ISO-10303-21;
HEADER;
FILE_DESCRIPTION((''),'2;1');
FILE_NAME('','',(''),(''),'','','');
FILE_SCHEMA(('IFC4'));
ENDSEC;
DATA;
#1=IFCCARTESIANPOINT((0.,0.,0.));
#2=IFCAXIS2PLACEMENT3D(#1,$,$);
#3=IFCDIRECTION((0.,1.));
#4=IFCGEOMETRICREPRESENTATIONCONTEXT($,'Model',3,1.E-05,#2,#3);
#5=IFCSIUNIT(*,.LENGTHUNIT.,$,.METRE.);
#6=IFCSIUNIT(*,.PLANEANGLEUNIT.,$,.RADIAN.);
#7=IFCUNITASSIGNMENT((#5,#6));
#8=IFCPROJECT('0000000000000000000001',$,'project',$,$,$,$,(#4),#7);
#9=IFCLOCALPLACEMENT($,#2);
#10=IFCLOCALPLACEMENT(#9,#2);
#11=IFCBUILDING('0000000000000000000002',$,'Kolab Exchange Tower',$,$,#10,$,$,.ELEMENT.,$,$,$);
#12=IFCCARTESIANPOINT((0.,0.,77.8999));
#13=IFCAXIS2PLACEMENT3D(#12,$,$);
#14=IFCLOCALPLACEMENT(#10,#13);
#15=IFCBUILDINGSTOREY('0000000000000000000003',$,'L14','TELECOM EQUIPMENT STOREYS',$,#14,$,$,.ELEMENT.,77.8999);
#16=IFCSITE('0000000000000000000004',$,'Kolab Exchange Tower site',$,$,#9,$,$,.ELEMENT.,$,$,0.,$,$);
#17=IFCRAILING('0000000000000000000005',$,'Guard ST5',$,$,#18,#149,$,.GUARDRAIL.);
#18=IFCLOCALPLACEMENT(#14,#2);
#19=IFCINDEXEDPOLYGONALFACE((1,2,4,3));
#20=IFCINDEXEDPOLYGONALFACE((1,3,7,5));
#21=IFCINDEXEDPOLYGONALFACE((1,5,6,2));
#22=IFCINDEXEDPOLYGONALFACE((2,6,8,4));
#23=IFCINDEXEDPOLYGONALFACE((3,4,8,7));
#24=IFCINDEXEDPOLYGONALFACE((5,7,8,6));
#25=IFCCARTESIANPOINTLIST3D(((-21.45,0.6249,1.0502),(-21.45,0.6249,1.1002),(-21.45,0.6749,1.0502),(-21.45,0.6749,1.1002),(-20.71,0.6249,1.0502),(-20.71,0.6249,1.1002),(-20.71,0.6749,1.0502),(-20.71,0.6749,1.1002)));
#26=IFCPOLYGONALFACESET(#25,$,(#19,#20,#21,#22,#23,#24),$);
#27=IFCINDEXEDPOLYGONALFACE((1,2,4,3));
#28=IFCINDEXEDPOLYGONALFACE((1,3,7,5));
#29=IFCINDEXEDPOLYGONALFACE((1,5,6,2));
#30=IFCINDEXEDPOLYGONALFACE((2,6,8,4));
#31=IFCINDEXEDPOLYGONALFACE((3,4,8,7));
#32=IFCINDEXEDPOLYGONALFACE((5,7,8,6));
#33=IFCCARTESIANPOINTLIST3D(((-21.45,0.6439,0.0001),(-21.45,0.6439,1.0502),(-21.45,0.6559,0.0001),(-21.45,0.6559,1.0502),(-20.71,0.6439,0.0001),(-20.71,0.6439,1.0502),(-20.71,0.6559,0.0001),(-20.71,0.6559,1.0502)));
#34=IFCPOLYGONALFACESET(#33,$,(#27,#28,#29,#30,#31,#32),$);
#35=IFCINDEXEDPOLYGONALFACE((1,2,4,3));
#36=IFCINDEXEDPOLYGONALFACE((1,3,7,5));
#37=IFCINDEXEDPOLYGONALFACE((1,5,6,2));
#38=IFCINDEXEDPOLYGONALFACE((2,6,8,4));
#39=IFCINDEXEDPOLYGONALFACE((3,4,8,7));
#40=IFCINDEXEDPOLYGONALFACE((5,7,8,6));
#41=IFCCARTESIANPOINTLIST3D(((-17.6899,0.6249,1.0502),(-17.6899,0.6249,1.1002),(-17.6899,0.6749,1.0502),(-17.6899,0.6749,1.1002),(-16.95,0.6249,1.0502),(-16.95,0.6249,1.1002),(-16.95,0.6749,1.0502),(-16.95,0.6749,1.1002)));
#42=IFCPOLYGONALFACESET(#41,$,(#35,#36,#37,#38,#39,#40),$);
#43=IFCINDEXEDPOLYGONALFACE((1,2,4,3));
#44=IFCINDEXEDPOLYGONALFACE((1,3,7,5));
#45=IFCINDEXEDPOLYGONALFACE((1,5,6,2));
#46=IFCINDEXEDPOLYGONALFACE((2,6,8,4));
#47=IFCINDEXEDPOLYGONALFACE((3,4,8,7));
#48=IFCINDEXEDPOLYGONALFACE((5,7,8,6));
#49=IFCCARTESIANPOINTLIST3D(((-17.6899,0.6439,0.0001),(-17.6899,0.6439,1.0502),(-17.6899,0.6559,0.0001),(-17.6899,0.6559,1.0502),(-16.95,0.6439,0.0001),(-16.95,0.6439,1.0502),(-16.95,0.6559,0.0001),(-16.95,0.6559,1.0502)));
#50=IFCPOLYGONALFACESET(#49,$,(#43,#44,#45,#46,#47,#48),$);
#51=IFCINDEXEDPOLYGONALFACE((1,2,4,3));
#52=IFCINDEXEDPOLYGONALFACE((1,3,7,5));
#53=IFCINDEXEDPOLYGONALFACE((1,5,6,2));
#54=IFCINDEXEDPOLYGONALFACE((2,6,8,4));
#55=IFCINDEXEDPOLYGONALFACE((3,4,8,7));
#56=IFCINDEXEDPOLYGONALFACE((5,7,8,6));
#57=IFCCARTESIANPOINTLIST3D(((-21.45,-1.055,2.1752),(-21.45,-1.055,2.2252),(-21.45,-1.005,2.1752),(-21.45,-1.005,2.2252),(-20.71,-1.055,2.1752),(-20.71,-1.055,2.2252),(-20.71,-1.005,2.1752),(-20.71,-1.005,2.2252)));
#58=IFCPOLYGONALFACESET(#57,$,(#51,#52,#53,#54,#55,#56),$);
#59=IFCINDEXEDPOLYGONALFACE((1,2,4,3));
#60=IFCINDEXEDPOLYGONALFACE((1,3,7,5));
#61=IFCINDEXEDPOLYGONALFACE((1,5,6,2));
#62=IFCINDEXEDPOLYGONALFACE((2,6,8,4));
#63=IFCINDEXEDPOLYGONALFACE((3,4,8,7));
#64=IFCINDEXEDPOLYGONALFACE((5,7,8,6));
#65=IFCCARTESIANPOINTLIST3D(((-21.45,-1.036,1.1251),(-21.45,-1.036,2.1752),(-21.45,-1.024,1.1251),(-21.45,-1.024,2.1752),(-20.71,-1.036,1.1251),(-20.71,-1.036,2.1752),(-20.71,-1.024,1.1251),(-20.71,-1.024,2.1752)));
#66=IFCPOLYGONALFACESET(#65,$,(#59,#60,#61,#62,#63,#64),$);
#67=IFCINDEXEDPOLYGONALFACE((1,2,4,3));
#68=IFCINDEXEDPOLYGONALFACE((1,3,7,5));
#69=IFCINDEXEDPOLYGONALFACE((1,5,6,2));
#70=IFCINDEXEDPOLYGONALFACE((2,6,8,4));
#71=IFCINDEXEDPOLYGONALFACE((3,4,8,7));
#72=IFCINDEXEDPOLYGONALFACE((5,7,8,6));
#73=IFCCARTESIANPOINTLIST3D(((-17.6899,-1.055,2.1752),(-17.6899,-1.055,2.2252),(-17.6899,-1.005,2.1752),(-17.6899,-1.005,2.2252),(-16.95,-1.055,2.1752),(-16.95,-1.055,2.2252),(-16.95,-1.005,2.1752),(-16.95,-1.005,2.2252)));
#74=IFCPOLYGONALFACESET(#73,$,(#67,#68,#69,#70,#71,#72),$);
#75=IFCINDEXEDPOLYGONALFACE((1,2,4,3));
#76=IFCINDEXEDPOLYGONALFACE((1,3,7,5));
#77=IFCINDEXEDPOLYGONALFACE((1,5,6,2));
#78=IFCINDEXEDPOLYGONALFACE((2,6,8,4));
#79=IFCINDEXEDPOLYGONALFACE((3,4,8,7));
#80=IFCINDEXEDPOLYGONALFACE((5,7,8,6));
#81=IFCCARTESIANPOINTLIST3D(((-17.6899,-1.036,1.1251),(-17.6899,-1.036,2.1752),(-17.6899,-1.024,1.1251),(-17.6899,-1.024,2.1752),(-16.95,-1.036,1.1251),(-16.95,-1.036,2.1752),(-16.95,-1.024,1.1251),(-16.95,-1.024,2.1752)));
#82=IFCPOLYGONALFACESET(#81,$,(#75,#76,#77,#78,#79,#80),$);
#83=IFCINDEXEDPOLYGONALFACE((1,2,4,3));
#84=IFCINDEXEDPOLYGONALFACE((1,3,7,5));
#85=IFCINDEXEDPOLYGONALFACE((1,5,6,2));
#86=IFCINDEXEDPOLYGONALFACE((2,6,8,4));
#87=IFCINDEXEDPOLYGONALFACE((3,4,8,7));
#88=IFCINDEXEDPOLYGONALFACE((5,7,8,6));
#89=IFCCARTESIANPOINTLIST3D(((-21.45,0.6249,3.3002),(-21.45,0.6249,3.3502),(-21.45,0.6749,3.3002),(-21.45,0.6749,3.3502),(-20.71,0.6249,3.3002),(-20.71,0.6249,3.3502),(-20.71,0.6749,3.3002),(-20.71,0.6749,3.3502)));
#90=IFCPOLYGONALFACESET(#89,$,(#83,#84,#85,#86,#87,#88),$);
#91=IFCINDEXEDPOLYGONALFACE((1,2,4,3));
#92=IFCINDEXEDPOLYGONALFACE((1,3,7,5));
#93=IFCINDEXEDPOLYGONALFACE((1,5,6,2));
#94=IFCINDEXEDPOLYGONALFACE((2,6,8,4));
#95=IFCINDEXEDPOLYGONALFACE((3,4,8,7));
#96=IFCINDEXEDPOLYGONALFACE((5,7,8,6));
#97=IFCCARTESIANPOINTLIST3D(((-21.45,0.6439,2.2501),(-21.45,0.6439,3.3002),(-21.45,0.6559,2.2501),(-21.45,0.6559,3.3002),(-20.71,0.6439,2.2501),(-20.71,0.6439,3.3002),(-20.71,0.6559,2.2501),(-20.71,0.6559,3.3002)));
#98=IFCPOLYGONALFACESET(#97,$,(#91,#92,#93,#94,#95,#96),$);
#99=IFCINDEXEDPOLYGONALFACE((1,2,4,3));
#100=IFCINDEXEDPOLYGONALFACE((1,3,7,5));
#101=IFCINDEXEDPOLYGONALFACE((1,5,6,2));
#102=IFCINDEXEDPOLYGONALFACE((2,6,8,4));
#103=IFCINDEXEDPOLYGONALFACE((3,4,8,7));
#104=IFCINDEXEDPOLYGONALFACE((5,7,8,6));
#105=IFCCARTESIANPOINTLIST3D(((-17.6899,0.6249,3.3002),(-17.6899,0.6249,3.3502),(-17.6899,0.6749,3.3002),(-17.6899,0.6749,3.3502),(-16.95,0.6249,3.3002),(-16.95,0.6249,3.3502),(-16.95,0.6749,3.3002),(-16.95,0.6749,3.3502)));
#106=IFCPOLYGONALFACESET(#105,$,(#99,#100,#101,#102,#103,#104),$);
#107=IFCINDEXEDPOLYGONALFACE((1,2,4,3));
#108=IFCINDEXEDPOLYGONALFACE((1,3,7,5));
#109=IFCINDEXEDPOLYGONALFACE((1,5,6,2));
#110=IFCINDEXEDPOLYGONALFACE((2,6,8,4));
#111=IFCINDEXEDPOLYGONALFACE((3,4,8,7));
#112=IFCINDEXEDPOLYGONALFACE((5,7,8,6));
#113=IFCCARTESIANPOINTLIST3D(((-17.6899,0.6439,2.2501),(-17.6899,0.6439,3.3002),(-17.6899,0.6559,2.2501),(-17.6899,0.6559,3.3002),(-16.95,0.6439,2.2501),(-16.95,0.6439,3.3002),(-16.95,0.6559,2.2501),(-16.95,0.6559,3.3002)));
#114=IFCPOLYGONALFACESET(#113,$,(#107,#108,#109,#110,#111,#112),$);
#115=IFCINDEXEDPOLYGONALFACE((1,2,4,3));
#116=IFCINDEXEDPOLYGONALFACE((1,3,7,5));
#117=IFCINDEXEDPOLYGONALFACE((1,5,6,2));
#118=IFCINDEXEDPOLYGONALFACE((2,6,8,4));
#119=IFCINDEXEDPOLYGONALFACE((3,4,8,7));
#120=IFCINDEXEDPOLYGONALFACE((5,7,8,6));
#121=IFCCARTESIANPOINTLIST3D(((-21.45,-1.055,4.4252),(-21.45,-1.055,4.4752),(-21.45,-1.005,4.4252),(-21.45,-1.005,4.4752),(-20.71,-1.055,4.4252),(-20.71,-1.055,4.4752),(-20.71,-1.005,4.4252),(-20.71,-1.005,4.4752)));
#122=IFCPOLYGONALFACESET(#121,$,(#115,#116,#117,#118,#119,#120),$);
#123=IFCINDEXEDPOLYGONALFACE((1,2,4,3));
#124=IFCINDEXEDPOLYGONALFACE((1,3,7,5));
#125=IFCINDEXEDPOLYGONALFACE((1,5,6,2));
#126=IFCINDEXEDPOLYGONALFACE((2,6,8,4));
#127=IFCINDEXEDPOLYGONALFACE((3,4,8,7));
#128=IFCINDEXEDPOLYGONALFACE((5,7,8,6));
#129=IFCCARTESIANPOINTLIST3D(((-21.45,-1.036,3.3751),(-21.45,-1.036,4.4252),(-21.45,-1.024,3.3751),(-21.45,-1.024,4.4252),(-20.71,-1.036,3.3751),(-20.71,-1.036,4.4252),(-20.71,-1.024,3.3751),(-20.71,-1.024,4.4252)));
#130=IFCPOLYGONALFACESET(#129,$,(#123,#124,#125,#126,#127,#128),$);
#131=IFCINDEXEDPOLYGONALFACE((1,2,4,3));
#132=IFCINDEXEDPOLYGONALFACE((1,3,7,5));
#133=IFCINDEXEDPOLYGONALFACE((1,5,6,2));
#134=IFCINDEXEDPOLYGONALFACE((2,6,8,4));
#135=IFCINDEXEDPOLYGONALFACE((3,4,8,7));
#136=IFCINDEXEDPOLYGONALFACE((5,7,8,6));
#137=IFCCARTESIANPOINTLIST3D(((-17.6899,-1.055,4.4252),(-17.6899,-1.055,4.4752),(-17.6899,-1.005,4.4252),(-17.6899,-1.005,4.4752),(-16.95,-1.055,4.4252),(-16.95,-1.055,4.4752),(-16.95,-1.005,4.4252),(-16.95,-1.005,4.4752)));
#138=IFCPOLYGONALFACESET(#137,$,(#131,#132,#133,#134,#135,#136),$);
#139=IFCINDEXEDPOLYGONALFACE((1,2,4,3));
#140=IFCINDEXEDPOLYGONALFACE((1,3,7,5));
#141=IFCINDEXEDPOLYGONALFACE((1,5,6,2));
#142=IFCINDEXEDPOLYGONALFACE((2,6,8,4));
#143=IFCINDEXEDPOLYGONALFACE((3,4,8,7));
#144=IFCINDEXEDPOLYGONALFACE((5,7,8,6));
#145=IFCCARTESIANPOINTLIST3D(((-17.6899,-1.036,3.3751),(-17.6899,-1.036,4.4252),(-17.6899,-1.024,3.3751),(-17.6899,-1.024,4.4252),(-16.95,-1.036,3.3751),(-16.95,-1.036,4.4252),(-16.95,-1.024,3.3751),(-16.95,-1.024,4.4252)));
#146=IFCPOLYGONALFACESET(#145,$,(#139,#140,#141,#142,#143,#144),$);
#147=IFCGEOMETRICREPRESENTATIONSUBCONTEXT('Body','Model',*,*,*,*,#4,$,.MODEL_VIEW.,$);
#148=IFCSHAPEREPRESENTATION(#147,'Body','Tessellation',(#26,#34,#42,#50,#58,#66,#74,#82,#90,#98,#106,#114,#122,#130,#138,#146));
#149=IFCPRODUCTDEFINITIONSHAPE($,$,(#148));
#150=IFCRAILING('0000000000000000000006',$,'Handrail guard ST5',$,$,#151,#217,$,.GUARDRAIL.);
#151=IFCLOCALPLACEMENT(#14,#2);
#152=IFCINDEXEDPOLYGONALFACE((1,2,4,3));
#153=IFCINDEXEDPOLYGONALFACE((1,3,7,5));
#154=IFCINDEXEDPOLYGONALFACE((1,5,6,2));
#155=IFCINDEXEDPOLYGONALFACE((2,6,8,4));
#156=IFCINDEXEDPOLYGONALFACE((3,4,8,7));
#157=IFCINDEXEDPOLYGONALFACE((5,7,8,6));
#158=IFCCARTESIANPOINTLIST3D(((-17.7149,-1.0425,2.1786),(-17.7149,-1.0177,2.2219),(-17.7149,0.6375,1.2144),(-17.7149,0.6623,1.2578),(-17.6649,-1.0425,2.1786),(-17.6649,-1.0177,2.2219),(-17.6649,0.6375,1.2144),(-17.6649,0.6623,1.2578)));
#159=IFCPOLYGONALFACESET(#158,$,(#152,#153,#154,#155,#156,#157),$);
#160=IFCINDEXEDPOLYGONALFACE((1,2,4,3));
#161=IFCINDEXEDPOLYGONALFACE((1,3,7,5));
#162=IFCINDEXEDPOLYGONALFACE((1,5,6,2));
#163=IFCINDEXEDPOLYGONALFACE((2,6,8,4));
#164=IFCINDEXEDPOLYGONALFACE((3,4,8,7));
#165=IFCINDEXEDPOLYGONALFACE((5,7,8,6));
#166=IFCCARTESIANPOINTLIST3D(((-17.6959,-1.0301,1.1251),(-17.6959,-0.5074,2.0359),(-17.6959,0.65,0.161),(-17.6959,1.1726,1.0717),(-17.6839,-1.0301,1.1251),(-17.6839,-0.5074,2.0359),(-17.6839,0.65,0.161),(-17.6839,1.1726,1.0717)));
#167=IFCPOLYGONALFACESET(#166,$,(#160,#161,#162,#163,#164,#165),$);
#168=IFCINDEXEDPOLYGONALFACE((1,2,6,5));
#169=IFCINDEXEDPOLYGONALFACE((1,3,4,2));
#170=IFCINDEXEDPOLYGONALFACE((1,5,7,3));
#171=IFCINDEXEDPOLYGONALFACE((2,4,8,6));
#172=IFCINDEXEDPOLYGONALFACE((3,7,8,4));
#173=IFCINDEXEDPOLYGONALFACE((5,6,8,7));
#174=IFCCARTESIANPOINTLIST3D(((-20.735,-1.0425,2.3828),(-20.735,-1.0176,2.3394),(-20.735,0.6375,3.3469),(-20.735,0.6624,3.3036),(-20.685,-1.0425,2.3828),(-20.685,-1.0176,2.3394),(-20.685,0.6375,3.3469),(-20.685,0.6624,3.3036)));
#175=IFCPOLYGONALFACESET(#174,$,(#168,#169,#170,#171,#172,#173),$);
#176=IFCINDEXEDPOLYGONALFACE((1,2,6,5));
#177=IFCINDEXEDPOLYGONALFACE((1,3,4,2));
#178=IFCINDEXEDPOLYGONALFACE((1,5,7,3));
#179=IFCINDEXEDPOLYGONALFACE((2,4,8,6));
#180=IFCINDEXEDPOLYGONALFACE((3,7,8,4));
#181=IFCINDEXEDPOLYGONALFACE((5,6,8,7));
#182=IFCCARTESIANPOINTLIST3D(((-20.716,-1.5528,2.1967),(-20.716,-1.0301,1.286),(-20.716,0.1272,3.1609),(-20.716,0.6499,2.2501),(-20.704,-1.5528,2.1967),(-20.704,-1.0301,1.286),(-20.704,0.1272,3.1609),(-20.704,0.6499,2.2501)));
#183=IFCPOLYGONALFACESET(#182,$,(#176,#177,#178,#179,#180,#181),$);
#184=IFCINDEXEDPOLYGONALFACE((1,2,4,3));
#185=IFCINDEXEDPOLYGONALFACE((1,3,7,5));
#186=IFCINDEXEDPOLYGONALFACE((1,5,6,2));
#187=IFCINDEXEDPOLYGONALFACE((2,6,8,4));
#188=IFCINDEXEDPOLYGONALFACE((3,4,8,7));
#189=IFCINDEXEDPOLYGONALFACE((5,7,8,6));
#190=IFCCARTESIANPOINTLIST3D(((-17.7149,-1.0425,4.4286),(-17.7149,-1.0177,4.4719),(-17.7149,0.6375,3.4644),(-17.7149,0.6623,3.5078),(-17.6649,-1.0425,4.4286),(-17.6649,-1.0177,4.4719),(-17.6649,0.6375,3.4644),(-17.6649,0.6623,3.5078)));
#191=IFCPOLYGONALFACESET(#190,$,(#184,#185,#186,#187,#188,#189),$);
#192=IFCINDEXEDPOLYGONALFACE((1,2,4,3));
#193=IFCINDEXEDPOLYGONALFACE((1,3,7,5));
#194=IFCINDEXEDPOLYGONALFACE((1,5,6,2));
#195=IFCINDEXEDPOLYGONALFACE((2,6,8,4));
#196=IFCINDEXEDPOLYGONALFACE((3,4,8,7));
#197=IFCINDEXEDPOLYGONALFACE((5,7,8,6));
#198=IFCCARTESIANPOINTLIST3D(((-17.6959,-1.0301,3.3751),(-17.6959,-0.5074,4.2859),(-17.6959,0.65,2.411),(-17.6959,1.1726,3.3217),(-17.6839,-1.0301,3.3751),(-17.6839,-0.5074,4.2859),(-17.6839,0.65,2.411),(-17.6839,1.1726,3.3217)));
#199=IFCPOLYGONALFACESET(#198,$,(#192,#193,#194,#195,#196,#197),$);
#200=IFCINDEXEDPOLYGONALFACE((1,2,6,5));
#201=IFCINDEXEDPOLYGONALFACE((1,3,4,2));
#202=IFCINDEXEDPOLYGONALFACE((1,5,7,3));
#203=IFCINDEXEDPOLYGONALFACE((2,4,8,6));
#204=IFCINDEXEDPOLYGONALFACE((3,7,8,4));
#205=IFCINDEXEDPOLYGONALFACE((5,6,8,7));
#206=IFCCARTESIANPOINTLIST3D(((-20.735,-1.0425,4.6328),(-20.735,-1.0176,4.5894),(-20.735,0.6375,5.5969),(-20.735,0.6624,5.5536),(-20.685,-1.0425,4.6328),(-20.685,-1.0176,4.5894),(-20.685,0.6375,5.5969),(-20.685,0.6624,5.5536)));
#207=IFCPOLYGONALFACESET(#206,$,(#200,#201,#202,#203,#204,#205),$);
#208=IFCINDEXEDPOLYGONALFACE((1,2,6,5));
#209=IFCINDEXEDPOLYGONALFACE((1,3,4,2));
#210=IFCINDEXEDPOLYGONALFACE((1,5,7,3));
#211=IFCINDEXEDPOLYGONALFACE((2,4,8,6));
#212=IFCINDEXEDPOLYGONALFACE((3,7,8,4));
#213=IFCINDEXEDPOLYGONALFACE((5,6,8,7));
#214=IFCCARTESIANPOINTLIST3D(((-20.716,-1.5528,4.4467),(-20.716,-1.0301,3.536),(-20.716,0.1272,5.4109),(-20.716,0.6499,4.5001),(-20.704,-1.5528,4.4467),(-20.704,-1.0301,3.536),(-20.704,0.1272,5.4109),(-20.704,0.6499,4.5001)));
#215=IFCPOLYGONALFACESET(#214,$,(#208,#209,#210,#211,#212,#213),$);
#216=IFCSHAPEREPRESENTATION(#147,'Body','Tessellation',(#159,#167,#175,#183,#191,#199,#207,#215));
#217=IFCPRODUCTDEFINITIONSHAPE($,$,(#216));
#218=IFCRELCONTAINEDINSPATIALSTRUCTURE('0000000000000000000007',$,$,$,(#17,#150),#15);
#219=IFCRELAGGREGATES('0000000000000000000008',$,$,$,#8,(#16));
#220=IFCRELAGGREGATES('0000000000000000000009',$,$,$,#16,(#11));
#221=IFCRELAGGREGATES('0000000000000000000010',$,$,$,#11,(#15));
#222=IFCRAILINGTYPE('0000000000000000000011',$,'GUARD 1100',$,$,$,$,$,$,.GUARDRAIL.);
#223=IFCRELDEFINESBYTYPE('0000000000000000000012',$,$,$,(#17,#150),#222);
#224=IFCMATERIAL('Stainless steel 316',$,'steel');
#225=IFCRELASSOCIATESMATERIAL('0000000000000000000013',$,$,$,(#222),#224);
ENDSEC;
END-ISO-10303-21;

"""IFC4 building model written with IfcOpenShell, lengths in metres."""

from ifc_helpers import new_model, si_unit, direction, frame, frame_2d, origin, origin_2d, place, context, subcontext, project, spatial, rectangle, extrude, material, type_object, element, save


model = new_model("IFC4")

# Units and contexts
model_context = context("Model", 3, precision=1e-05, world=origin(), true_north=direction((0.0, 1.0)))
body_context = subcontext(model_context, "Body", "Model", "MODEL_VIEW")
ifc_project = project(units=[si_unit("LENGTHUNIT", "METRE"), si_unit("PLANEANGLEUNIT", "RADIAN")], contexts=[model_context])

# Site, building, storey
site_placement = place(None, origin())
site = spatial("IfcSite", under=ifc_project, at=site_placement, Name="Kolab Exchange Tower site", CompositionType="ELEMENT", RefElevation=0.0)
building_placement = place(site_placement, origin())
building = spatial("IfcBuilding", under=site, at=building_placement, Name="Kolab Exchange Tower", CompositionType="ELEMENT")
storey_placement = place(building_placement, frame((0.0, 0.0, 77.8999)))
storey = spatial("IfcBuildingStorey", under=building, at=storey_placement, Name="L14", Description="TELECOM EQUIPMENT STOREYS", CompositionType="ELEMENT", Elevation=77.8999)

# Railings
ifc_material_1 = material(Name="Stainless steel 316", Category="steel")
railing_type = type_object("IfcRailingType", Name="GUARD 1100", PredefinedType="GUARDRAIL", material=ifc_material_1)
railing_1_placement = place(storey_placement, frame((-21.45, 0.6499, 0.0)))
element("IfcRailing", 1, at=railing_1_placement, inside=storey, type_object=railing_type, Name="Guard ST5", PredefinedType="GUARDRAIL", context=body_context, shape_type="SweptSolid", body=[
    extrude(rectangle(XDim=0.05, YDim=0.05, at=origin_2d()), frame((0.0, 0.0, 1.0752), z_axis=(1.0, 0.0, 0.0), x_axis=(0.0, 1.0, 0.0)), (0.0, 0.0, 1.0), 0.74),
    extrude(rectangle(XDim=0.012, YDim=1.0501, at=frame_2d((0.0, 0.5251))), frame((0.0, 0.0, 0.0), z_axis=(1.0, 0.0, 0.0), x_axis=(0.0, 1.0, 0.0)), (0.0, 0.0, 1.0), 0.74),
    extrude(rectangle(XDim=0.05, YDim=0.05, at=origin_2d()), frame((3.76, 0.0, 1.0752), z_axis=(1.0, 0.0, 0.0), x_axis=(0.0, 1.0, 0.0)), (0.0, 0.0, 1.0), 0.74),
    extrude(rectangle(XDim=0.012, YDim=1.0501, at=frame_2d((0.0, 0.5251))), frame((3.76, 0.0, 0.0), z_axis=(1.0, 0.0, 0.0), x_axis=(0.0, 1.0, 0.0)), (0.0, 0.0, 1.0), 0.74),
    extrude(rectangle(XDim=0.05, YDim=0.05, at=origin_2d()), frame((0.0, -1.6799, 2.2002), z_axis=(1.0, 0.0, 0.0), x_axis=(0.0, 1.0, 0.0)), (0.0, 0.0, 1.0), 0.74),
    extrude(rectangle(XDim=0.012, YDim=1.0501, at=frame_2d((0.0, 0.5251))), frame((0.0, -1.6799, 1.125), z_axis=(1.0, 0.0, 0.0), x_axis=(0.0, 1.0, 0.0)), (0.0, 0.0, 1.0), 0.74),
    extrude(rectangle(XDim=0.05, YDim=0.05, at=origin_2d()), frame((3.76, -1.6799, 2.2002), z_axis=(1.0, 0.0, 0.0), x_axis=(0.0, 1.0, 0.0)), (0.0, 0.0, 1.0), 0.74),
    extrude(rectangle(XDim=0.012, YDim=1.0501, at=frame_2d((0.0, 0.5251))), frame((3.76, -1.6799, 1.125), z_axis=(1.0, 0.0, 0.0), x_axis=(0.0, 1.0, 0.0)), (0.0, 0.0, 1.0), 0.74),
    extrude(rectangle(XDim=0.05, YDim=0.05, at=origin_2d()), frame((0.0, 0.0, 3.3252), z_axis=(1.0, 0.0, 0.0), x_axis=(0.0, 1.0, 0.0)), (0.0, 0.0, 1.0), 0.74),
    extrude(rectangle(XDim=0.012, YDim=1.0501, at=frame_2d((0.0, 0.5251))), frame((0.0, 0.0, 2.25), z_axis=(1.0, 0.0, 0.0), x_axis=(0.0, 1.0, 0.0)), (0.0, 0.0, 1.0), 0.74),
    extrude(rectangle(XDim=0.05, YDim=0.05, at=origin_2d()), frame((3.76, 0.0, 3.3252), z_axis=(1.0, 0.0, 0.0), x_axis=(0.0, 1.0, 0.0)), (0.0, 0.0, 1.0), 0.74),
    extrude(rectangle(XDim=0.012, YDim=1.0501, at=frame_2d((0.0, 0.5251))), frame((3.76, 0.0, 2.25), z_axis=(1.0, 0.0, 0.0), x_axis=(0.0, 1.0, 0.0)), (0.0, 0.0, 1.0), 0.74),
    extrude(rectangle(XDim=0.05, YDim=0.05, at=origin_2d()), frame((0.0, -1.6799, 4.4502), z_axis=(1.0, 0.0, 0.0), x_axis=(0.0, 1.0, 0.0)), (0.0, 0.0, 1.0), 0.74),
    extrude(rectangle(XDim=0.012, YDim=1.0501, at=frame_2d((0.0, 0.5251))), frame((0.0, -1.6799, 3.375), z_axis=(1.0, 0.0, 0.0), x_axis=(0.0, 1.0, 0.0)), (0.0, 0.0, 1.0), 0.74),
    extrude(rectangle(XDim=0.05, YDim=0.05, at=origin_2d()), frame((3.76, -1.6799, 4.4502), z_axis=(1.0, 0.0, 0.0), x_axis=(0.0, 1.0, 0.0)), (0.0, 0.0, 1.0), 0.74),
    extrude(rectangle(XDim=0.012, YDim=1.0501, at=frame_2d((0.0, 0.5251))), frame((3.76, -1.6799, 3.375), z_axis=(1.0, 0.0, 0.0), x_axis=(0.0, 1.0, 0.0)), (0.0, 0.0, 1.0), 0.74),
])
railing_2_placement = place(storey_placement, frame((-17.6899, 0.6499, 0.1609)))
element("IfcRailing", 2, at=railing_2_placement, inside=storey, type_object=railing_type, Name="Handrail guard ST5", PredefinedType="GUARDRAIL", context=body_context, shape_type="SweptSolid", body=[
    extrude(rectangle(XDim=0.05, YDim=0.05, at=origin_2d()), frame((0.0, 0.0, 1.0752), z_axis=(0.0, -0.867319, 0.497753), x_axis=(1.0, 0.0, 0.0)), (0.0, 0.0, 1.0), 1.937),
    extrude(rectangle(XDim=0.012, YDim=1.0501, at=frame_2d((0.0, 0.5251))), frame((0.0, 0.0, 0.0), z_axis=(0.0, -0.867319, 0.497753), x_axis=(1.0, 0.0, 0.0)), (0.0, 0.0, 1.0), 1.937),
    extrude(rectangle(XDim=0.05, YDim=0.05, at=origin_2d()), frame((-3.02, -1.6799, 2.2002), z_axis=(0.0, 0.867319, 0.497753), x_axis=(-1.0, 0.0, 0.0)), (0.0, 0.0, 1.0), 1.937),
    extrude(rectangle(XDim=0.012, YDim=1.0501, at=frame_2d((0.0, 0.5251))), frame((-3.02, -1.6799, 1.125), z_axis=(0.0, 0.867319, 0.497753), x_axis=(-1.0, 0.0, 0.0)), (0.0, 0.0, 1.0), 1.937),
    extrude(rectangle(XDim=0.05, YDim=0.05, at=origin_2d()), frame((0.0, 0.0, 3.3252), z_axis=(0.0, -0.867319, 0.497753), x_axis=(1.0, 0.0, 0.0)), (0.0, 0.0, 1.0), 1.937),
    extrude(rectangle(XDim=0.012, YDim=1.0501, at=frame_2d((0.0, 0.5251))), frame((0.0, 0.0, 2.25), z_axis=(0.0, -0.867319, 0.497753), x_axis=(1.0, 0.0, 0.0)), (0.0, 0.0, 1.0), 1.937),
    extrude(rectangle(XDim=0.05, YDim=0.05, at=origin_2d()), frame((-3.02, -1.6799, 4.4502), z_axis=(0.0, 0.867319, 0.497753), x_axis=(-1.0, 0.0, 0.0)), (0.0, 0.0, 1.0), 1.937),
    extrude(rectangle(XDim=0.012, YDim=1.0501, at=frame_2d((0.0, 0.5251))), frame((-3.02, -1.6799, 3.375), z_axis=(0.0, 0.867319, 0.497753), x_axis=(-1.0, 0.0, 0.0)), (0.0, 0.0, 1.0), 1.937),
])

save(model, "model.ifc")
